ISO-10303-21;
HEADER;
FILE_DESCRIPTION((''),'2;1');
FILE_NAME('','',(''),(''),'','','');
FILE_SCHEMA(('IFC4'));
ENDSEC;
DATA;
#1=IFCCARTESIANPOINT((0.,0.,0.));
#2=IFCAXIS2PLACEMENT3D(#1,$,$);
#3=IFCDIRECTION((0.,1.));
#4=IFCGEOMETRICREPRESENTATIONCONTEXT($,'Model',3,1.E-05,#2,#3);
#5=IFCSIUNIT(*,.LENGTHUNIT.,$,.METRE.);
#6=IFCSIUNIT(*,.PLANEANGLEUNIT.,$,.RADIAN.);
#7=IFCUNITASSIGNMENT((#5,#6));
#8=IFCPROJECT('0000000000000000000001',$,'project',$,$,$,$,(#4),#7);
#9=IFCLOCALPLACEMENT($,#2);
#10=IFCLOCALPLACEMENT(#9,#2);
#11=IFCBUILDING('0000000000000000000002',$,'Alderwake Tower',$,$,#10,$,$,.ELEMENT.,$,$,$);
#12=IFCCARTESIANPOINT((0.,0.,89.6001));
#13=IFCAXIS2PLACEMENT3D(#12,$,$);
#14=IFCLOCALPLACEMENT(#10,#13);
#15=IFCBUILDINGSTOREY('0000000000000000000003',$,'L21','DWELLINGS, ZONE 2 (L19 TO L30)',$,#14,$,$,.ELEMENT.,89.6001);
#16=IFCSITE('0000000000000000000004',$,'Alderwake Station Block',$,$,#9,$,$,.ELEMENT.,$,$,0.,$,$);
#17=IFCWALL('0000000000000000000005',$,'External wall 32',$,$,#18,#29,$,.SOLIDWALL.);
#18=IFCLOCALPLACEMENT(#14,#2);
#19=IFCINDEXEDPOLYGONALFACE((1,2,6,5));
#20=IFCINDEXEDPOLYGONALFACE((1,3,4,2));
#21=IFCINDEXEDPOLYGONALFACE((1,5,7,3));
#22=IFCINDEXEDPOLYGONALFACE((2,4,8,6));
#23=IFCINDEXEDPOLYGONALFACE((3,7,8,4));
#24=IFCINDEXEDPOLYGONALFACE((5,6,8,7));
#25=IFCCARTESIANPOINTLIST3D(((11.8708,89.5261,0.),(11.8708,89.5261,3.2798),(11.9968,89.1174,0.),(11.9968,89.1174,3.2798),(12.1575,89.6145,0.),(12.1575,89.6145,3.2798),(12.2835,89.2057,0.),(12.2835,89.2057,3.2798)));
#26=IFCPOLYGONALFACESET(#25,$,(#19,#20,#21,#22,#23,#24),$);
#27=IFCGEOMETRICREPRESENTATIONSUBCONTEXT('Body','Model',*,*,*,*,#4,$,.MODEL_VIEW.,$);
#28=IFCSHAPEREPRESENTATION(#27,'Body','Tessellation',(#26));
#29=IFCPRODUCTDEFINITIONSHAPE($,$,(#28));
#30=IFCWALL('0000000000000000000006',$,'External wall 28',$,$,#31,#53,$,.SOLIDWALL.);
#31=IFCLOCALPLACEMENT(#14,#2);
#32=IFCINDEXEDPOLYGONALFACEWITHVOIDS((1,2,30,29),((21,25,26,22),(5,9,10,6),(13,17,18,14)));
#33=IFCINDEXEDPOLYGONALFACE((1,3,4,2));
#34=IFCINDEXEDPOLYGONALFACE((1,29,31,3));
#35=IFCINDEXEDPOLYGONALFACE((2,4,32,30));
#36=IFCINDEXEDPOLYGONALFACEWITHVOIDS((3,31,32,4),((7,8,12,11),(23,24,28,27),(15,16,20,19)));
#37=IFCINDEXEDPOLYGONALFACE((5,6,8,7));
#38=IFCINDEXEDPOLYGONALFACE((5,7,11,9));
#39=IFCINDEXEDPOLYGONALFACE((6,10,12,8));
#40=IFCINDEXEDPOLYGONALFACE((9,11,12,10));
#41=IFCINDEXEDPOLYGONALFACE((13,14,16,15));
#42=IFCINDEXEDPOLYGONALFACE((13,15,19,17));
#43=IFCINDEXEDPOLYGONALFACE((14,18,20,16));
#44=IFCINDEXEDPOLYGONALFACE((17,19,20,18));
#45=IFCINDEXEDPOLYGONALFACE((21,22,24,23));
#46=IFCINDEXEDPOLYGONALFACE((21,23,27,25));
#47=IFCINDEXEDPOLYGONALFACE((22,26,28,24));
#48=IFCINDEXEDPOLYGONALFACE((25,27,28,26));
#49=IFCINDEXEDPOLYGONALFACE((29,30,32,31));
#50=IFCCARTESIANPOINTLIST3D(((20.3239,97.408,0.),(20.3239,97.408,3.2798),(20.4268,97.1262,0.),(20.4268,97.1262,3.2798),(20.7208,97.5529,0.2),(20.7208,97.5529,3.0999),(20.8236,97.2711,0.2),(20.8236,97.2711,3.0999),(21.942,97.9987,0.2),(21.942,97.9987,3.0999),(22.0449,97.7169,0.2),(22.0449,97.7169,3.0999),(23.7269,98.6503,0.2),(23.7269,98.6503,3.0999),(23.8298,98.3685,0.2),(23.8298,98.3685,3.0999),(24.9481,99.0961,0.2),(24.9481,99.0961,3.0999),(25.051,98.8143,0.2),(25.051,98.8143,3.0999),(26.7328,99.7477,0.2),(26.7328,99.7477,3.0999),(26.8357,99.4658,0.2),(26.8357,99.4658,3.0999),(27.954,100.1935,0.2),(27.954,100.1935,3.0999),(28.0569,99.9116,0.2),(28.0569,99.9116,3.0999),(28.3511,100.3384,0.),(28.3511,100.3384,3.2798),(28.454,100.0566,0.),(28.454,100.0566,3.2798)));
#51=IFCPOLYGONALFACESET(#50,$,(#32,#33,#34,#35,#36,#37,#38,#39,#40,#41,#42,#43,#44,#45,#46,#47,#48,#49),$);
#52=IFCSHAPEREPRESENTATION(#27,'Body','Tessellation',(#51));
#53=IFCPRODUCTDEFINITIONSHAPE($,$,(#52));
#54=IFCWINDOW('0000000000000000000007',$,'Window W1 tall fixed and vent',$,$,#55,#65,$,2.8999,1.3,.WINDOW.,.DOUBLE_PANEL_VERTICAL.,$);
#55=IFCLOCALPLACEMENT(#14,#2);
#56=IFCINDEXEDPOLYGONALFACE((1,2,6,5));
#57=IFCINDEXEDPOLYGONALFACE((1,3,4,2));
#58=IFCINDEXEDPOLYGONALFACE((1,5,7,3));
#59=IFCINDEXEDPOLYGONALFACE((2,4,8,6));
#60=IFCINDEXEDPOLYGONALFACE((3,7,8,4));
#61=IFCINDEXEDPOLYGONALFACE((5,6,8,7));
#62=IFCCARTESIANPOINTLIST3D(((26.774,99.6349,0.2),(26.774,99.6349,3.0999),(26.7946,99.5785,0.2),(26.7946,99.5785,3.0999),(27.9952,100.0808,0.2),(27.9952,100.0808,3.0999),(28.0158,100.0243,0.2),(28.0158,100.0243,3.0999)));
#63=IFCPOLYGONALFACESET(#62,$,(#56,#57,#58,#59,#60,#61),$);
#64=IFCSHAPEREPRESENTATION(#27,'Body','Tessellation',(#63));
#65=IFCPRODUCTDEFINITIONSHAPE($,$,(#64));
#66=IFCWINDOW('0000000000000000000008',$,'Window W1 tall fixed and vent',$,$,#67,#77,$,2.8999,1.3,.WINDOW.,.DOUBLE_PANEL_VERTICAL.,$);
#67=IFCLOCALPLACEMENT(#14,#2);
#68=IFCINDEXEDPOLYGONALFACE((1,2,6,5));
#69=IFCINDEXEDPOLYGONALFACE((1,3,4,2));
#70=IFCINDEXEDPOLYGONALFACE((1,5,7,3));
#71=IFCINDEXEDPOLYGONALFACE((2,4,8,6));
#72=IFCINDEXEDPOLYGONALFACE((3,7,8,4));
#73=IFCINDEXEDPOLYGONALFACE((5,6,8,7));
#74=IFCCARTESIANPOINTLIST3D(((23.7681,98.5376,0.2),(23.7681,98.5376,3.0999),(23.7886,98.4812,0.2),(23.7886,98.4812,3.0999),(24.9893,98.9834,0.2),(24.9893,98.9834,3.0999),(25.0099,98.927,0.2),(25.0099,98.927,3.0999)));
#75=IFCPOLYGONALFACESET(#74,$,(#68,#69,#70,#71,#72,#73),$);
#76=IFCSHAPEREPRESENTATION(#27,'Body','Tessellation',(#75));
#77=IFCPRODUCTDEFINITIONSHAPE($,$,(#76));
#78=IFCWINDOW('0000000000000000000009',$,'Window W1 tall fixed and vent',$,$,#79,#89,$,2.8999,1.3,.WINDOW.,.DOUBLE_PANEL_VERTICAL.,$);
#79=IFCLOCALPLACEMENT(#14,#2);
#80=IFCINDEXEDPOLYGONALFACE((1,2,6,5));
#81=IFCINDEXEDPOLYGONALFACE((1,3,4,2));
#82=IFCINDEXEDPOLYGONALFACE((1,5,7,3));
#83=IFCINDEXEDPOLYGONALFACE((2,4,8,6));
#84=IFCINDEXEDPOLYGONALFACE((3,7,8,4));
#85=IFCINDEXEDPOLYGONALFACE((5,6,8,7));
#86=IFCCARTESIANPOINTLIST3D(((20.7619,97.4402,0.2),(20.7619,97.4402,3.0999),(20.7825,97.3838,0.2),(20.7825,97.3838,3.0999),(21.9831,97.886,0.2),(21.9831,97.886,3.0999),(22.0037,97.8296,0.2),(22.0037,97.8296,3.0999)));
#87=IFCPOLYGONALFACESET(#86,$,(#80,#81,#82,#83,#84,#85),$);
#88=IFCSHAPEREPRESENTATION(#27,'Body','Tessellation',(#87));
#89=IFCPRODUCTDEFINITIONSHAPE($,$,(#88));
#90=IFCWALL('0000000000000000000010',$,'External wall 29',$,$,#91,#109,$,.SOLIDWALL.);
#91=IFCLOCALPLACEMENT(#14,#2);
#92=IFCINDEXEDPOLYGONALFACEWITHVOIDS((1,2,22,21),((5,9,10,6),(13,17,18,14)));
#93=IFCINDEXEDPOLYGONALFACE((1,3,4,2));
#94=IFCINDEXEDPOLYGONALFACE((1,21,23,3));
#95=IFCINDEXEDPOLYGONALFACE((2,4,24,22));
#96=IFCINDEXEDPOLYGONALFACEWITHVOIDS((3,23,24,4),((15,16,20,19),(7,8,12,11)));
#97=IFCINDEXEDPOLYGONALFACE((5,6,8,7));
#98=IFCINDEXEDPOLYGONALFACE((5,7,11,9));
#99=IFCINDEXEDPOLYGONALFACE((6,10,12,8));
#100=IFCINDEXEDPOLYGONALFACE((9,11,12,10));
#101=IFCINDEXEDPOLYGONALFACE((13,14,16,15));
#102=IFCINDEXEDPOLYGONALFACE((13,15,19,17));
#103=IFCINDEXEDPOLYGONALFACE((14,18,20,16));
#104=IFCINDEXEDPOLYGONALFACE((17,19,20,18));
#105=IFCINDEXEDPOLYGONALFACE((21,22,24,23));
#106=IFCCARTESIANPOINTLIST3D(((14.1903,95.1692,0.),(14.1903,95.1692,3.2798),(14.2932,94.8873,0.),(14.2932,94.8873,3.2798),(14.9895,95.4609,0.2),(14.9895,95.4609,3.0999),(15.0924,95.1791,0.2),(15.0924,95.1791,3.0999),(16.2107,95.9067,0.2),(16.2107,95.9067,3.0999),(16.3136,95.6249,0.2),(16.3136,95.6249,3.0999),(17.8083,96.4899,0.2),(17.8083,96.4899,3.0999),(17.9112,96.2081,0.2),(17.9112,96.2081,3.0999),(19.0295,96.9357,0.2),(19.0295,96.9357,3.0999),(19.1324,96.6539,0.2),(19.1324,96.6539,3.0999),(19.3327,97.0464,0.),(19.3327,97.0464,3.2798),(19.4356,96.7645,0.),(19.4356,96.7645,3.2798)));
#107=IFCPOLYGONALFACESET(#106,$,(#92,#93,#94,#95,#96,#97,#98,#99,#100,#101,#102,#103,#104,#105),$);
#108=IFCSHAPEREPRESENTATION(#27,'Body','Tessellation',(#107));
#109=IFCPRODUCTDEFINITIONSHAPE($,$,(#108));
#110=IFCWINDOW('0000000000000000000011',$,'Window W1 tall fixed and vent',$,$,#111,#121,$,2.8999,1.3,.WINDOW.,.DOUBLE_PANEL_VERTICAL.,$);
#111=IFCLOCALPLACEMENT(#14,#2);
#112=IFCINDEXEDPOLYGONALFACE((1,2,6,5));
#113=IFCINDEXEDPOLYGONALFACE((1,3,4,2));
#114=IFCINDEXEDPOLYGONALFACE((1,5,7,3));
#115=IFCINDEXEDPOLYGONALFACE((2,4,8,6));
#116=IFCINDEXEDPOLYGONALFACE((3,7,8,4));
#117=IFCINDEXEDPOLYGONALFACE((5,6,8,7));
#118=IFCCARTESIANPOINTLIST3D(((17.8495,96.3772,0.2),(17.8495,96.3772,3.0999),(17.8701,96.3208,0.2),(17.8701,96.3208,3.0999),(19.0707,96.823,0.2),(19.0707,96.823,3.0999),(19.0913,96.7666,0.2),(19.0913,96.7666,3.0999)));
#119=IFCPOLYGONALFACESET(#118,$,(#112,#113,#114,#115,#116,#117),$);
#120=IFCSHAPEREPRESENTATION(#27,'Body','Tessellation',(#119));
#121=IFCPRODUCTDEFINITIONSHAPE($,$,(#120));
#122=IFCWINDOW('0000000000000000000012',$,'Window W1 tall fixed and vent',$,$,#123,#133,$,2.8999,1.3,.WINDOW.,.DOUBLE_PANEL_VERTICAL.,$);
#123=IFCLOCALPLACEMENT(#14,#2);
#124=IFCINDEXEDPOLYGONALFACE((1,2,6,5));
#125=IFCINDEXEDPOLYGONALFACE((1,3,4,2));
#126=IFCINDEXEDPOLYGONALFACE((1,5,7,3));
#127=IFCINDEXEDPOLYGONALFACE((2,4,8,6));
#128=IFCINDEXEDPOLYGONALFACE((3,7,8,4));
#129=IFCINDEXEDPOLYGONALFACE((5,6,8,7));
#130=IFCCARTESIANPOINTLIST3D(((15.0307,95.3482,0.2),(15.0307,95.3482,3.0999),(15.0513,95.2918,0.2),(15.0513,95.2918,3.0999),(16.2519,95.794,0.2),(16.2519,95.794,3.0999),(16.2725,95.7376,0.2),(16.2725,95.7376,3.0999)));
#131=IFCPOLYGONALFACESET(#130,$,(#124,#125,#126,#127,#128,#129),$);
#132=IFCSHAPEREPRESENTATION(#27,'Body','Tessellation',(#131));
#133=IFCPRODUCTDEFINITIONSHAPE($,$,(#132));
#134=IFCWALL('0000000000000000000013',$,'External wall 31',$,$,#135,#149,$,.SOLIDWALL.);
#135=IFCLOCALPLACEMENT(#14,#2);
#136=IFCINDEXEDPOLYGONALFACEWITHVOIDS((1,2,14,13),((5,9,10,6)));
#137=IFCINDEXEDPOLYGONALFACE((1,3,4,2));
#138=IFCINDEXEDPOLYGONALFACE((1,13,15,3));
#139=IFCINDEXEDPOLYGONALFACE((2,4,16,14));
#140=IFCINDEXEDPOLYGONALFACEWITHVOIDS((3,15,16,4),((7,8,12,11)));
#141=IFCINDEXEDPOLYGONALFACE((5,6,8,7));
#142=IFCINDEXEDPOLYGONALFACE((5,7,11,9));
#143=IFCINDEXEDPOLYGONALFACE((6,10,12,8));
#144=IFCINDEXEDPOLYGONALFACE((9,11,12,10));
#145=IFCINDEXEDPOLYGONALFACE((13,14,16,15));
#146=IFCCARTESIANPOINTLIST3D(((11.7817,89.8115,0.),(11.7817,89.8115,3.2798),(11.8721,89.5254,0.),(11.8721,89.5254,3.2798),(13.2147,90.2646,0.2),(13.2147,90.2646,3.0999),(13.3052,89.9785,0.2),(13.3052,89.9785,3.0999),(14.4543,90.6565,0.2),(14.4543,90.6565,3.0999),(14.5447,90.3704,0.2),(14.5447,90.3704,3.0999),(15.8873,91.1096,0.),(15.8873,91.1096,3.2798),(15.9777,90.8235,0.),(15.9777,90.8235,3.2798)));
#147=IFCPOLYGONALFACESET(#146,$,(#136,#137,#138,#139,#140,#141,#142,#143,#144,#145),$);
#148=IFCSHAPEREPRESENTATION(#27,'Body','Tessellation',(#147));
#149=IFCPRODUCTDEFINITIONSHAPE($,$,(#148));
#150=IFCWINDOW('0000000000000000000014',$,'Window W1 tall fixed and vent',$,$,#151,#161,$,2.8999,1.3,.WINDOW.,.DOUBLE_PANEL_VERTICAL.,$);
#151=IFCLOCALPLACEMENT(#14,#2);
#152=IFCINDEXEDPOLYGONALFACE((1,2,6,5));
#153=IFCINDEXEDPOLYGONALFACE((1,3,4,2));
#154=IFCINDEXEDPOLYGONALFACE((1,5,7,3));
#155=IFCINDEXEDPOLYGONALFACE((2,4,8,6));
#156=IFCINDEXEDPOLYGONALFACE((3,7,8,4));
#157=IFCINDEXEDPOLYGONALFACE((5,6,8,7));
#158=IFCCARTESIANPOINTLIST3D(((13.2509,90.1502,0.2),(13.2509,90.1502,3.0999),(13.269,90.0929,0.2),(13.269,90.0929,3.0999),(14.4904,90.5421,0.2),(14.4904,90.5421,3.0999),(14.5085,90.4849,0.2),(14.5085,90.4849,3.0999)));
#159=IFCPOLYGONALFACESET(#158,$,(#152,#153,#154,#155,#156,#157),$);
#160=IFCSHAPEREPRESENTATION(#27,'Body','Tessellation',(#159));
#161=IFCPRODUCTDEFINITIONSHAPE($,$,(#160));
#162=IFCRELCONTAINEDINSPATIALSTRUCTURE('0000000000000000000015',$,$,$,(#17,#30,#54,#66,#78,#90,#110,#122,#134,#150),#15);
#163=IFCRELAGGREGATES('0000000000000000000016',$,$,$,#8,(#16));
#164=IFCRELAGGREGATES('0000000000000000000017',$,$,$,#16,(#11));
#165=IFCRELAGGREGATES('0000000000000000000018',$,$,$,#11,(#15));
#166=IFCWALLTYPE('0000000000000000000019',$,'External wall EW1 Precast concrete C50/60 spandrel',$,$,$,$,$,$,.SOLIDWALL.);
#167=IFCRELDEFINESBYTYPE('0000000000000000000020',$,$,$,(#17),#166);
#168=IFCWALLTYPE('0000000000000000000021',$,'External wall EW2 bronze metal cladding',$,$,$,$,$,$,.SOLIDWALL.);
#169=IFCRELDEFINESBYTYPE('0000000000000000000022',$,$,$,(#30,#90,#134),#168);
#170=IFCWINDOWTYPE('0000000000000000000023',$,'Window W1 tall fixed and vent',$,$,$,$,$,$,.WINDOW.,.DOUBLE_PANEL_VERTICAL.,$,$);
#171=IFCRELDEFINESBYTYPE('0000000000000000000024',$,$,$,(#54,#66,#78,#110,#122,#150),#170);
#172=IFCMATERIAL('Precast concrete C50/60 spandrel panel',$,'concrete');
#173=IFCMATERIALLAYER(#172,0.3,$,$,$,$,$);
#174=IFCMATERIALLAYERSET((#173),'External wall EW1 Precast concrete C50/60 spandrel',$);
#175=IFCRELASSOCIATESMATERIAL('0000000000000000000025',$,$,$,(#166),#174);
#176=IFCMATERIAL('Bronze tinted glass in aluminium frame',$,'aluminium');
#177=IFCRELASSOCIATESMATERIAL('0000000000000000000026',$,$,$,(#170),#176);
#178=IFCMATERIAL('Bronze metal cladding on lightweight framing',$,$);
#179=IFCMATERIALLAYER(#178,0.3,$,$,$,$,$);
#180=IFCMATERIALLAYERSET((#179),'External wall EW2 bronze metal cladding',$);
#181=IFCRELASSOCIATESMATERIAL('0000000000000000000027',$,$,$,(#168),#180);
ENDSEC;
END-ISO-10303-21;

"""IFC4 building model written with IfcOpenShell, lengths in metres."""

from ifc_helpers import new_model, si_unit, direction, frame, frame_2d, origin, place, context, subcontext, project, spatial, rectangle, extrude, material, layer, layer_set, type_object, element, fill, save


model = new_model("IFC4")

# Units and contexts
model_context = context("Model", 3, precision=1e-05, world=origin(), true_north=direction((0.0, 1.0)))
body_context = subcontext(model_context, "Body", "Model", "MODEL_VIEW")
ifc_project = project(units=[si_unit("LENGTHUNIT", "METRE"), si_unit("PLANEANGLEUNIT", "RADIAN")], contexts=[model_context])

# Site, building, storey
site_placement = place(None, origin())
site = spatial("IfcSite", under=ifc_project, at=site_placement, Name="Alderwake Station Block", CompositionType="ELEMENT", RefElevation=0.0)
building_placement = place(site_placement, origin())
building = spatial("IfcBuilding", under=site, at=building_placement, Name="Alderwake Tower", CompositionType="ELEMENT")
storey_placement = place(building_placement, frame((0.0, 0.0, 89.6001)))
storey = spatial("IfcBuildingStorey", under=building, at=storey_placement, Name="L21", Description="DWELLINGS, ZONE 2 (L19 TO L30)", CompositionType="ELEMENT", Elevation=89.6001)

# Wall
ifc_material_1 = material(Name="Precast concrete C50/60 spandrel panel", Category="concrete")
ifc_layer_1 = layer(ifc_material_1, 0.3)
ifc_layer_set_1 = layer_set([ifc_layer_1], Name="External wall EW1 Precast concrete C50/60 spandrel")
wall_type_1 = type_object("IfcWallType", Name="External wall EW1 Precast concrete C50/60 spandrel", PredefinedType="SOLIDWALL", material=ifc_layer_set_1)
wall_1_placement = place(storey_placement, frame((12.0142, 89.5703, 0.0), z_axis=(0.0, 0.0, 1.0), x_axis=(0.294567, -0.955631, 0.0)))
element("IfcWall", 1, at=wall_1_placement, inside=storey, type_object=wall_type_1, Name="External wall 32", PredefinedType="SOLIDWALL", context=body_context, shape_type="SweptSolid", body=[
    extrude(rectangle(XDim=0.4277, YDim=0.3, at=frame_2d((0.2139, 0.0))), origin(), (0.0, 0.0, 1.0), 3.2798),
])

# Shared definitions
ifc_material_2 = material(Name="Bronze tinted glass in aluminium frame", Category="aluminium")
window_type = type_object("IfcWindowType", Name="Window W1 tall fixed and vent", PartitioningType="DOUBLE_PANEL_VERTICAL", PredefinedType="WINDOW", material=ifc_material_2)

# Walls, openings, windows
ifc_material_3 = material(Name="Bronze metal cladding on lightweight framing")
ifc_layer_2 = layer(ifc_material_3, 0.3)
ifc_layer_set_2 = layer_set([ifc_layer_2], Name="External wall EW2 bronze metal cladding")
wall_type_2 = type_object("IfcWallType", Name="External wall EW2 bronze metal cladding", PredefinedType="SOLIDWALL", material=ifc_layer_set_2)
wall_2_placement = place(storey_placement, frame((28.4026, 100.1975, 0.0), z_axis=(0.0, 0.0, 1.0), x_axis=(-0.939365, -0.34292, 0.0)))
wall_2 = element("IfcWall", 2, at=wall_2_placement, inside=storey, type_object=wall_type_2, Name="External wall 28", PredefinedType="SOLIDWALL", context=body_context, shape_type="SweptSolid", body=[
    extrude(rectangle(XDim=8.5454, YDim=0.3, at=frame_2d((4.2727, 0.0))), origin(), (0.0, 0.0, 1.0), 3.2798),
])
opening_1_placement = place(wall_2_placement, frame((0.4229, 0.0, 0.2)))
opening_1 = element("IfcOpeningElement", 3, at=opening_1_placement, cuts=wall_2, PredefinedType="OPENING", context=body_context, shape_type="SweptSolid", body=[
    extrude(rectangle(XDim=1.3, YDim=2.8999, at=frame_2d((0.6499, 1.45))), frame((0.0, 0.1599, 0.0), z_axis=(0.0, -1.0, 0.0), x_axis=(1.0, 0.0, 0.0)), (0.0, 0.0, 1.0), 0.3201),
])
opening_2_placement = place(wall_2_placement, frame((3.6228, 0.0, 0.2)))
opening_2 = element("IfcOpeningElement", 4, at=opening_2_placement, cuts=wall_2, PredefinedType="OPENING", context=body_context, shape_type="SweptSolid", body=[
    extrude(rectangle(XDim=1.3, YDim=2.8999, at=frame_2d((0.6499, 1.45))), frame((0.0, 0.1599, 0.0), z_axis=(0.0, -1.0, 0.0), x_axis=(1.0, 0.0, 0.0)), (0.0, 0.0, 1.0), 0.3201),
])
opening_3_placement = place(wall_2_placement, frame((6.823, 0.0, 0.2)))
opening_3 = element("IfcOpeningElement", 5, at=opening_3_placement, cuts=wall_2, PredefinedType="OPENING", context=body_context, shape_type="SweptSolid", body=[
    extrude(rectangle(XDim=1.3, YDim=2.8999, at=frame_2d((0.6499, 1.45))), frame((0.0, 0.1599, 0.0), z_axis=(0.0, -1.0, 0.0), x_axis=(1.0, 0.0, 0.0)), (0.0, 0.0, 1.0), 0.3201),
])
window_1_placement = place(opening_1_placement, origin())
window_1 = element("IfcWindow", 6, at=window_1_placement, inside=storey, type_object=window_type, Name="Window W1 tall fixed and vent", OverallHeight=2.8999, OverallWidth=1.3, PartitioningType="DOUBLE_PANEL_VERTICAL", PredefinedType="WINDOW", context=body_context, shape_type="SweptSolid", body=[
    extrude(rectangle(XDim=1.3, YDim=2.8999, at=frame_2d((0.6499, 1.45))), frame((0.0, 0.03, 0.0), z_axis=(0.0, -1.0, 0.0), x_axis=(1.0, 0.0, 0.0)), (0.0, 0.0, 1.0), 0.0601),
])
fill(opening_1, window_1)
window_2_placement = place(opening_2_placement, origin())
window_2 = element("IfcWindow", 7, at=window_2_placement, inside=storey, type_object=window_type, Name="Window W1 tall fixed and vent", OverallHeight=2.8999, OverallWidth=1.3, PartitioningType="DOUBLE_PANEL_VERTICAL", PredefinedType="WINDOW", context=body_context, shape_type="SweptSolid", body=[
    extrude(rectangle(XDim=1.3, YDim=2.8999, at=frame_2d((0.6499, 1.45))), frame((0.0, 0.03, 0.0), z_axis=(0.0, -1.0, 0.0), x_axis=(1.0, 0.0, 0.0)), (0.0, 0.0, 1.0), 0.0601),
])
fill(opening_2, window_2)
window_3_placement = place(opening_3_placement, origin())
window_3 = element("IfcWindow", 8, at=window_3_placement, inside=storey, type_object=window_type, Name="Window W1 tall fixed and vent", OverallHeight=2.8999, OverallWidth=1.3, PartitioningType="DOUBLE_PANEL_VERTICAL", PredefinedType="WINDOW", context=body_context, shape_type="SweptSolid", body=[
    extrude(rectangle(XDim=1.3, YDim=2.8999, at=frame_2d((0.6499, 1.45))), frame((0.0, 0.03, 0.0), z_axis=(0.0, -1.0, 0.0), x_axis=(1.0, 0.0, 0.0)), (0.0, 0.0, 1.0), 0.0601),
])
fill(opening_3, window_3)
wall_3_placement = place(storey_placement, frame((19.3843, 96.9055, 0.0), z_axis=(0.0, 0.0, 1.0), x_axis=(-0.939367, -0.342914, 0.0)))
wall_3 = element("IfcWall", 9, at=wall_3_placement, inside=storey, type_object=wall_type_2, Name="External wall 29", PredefinedType="SOLIDWALL", context=body_context, shape_type="SweptSolid", body=[
    extrude(rectangle(XDim=5.4744, YDim=0.3, at=frame_2d((2.7373, 0.0))), origin(), (0.0, 0.0, 1.0), 3.2798),
])
opening_4_placement = place(wall_3_placement, frame((0.323, 0.0, 0.2)))
opening_4 = element("IfcOpeningElement", 10, at=opening_4_placement, cuts=wall_3, PredefinedType="OPENING", context=body_context, shape_type="SweptSolid", body=[
    extrude(rectangle(XDim=1.3, YDim=2.8999, at=frame_2d((0.6499, 1.45))), frame((0.0, 0.1599, 0.0), z_axis=(0.0, -1.0, 0.0), x_axis=(1.0, 0.0, 0.0)), (0.0, 0.0, 1.0), 0.3201),
])
opening_5_placement = place(wall_3_placement, frame((3.3237, 0.0, 0.2)))
opening_5 = element("IfcOpeningElement", 11, at=opening_5_placement, cuts=wall_3, PredefinedType="OPENING", context=body_context, shape_type="SweptSolid", body=[
    extrude(rectangle(XDim=1.3, YDim=2.8999, at=frame_2d((0.6499, 1.45))), frame((0.0, 0.1599, 0.0), z_axis=(0.0, -1.0, 0.0), x_axis=(1.0, 0.0, 0.0)), (0.0, 0.0, 1.0), 0.3201),
])
window_4_placement = place(opening_4_placement, origin())
window_4 = element("IfcWindow", 12, at=window_4_placement, inside=storey, type_object=window_type, Name="Window W1 tall fixed and vent", OverallHeight=2.8999, OverallWidth=1.3, PartitioningType="DOUBLE_PANEL_VERTICAL", PredefinedType="WINDOW", context=body_context, shape_type="SweptSolid", body=[
    extrude(rectangle(XDim=1.3, YDim=2.8999, at=frame_2d((0.6499, 1.45))), frame((0.0, 0.03, 0.0), z_axis=(0.0, -1.0, 0.0), x_axis=(1.0, 0.0, 0.0)), (0.0, 0.0, 1.0), 0.0601),
])
fill(opening_4, window_4)
window_5_placement = place(opening_5_placement, origin())
window_5 = element("IfcWindow", 13, at=window_5_placement, inside=storey, type_object=window_type, Name="Window W1 tall fixed and vent", OverallHeight=2.8999, OverallWidth=1.3, PartitioningType="DOUBLE_PANEL_VERTICAL", PredefinedType="WINDOW", context=body_context, shape_type="SweptSolid", body=[
    extrude(rectangle(XDim=1.3, YDim=2.8999, at=frame_2d((0.6499, 1.45))), frame((0.0, 0.03, 0.0), z_axis=(0.0, -1.0, 0.0), x_axis=(1.0, 0.0, 0.0)), (0.0, 0.0, 1.0), 0.0601),
])
fill(opening_5, window_5)

# Wall, opening, window
wall_4_placement = place(storey_placement, frame((15.9324, 90.9666, 0.0), z_axis=(0.0, 0.0, 1.0), x_axis=(-0.953474, -0.301476, 0.0)))
wall_4 = element("IfcWall", 14, at=wall_4_placement, inside=storey, type_object=wall_type_2, Name="External wall 31", PredefinedType="SOLIDWALL", context=body_context, shape_type="SweptSolid", body=[
    extrude(rectangle(XDim=4.3059, YDim=0.3, at=frame_2d((2.1528, 0.0))), origin(), (0.0, 0.0, 1.0), 3.2798),
])
opening_6_placement = place(wall_4_placement, frame((1.5029, 0.0, 0.2)))
opening_6 = element("IfcOpeningElement", 15, at=opening_6_placement, cuts=wall_4, PredefinedType="OPENING", context=body_context, shape_type="SweptSolid", body=[
    extrude(rectangle(XDim=1.3, YDim=2.8999, at=frame_2d((0.6499, 1.45))), frame((0.0, 0.1599, 0.0), z_axis=(0.0, -1.0, 0.0), x_axis=(1.0, 0.0, 0.0)), (0.0, 0.0, 1.0), 0.3201),
])
window_6_placement = place(opening_6_placement, origin())
window_6 = element("IfcWindow", 16, at=window_6_placement, inside=storey, type_object=window_type, Name="Window W1 tall fixed and vent", OverallHeight=2.8999, OverallWidth=1.3, PartitioningType="DOUBLE_PANEL_VERTICAL", PredefinedType="WINDOW", context=body_context, shape_type="SweptSolid", body=[
    extrude(rectangle(XDim=1.3, YDim=2.8999, at=frame_2d((0.6499, 1.45))), frame((0.0, 0.03, 0.0), z_axis=(0.0, -1.0, 0.0), x_axis=(1.0, 0.0, 0.0)), (0.0, 0.0, 1.0), 0.0601),
])
fill(opening_6, window_6)

save(model, "model.ifc")
